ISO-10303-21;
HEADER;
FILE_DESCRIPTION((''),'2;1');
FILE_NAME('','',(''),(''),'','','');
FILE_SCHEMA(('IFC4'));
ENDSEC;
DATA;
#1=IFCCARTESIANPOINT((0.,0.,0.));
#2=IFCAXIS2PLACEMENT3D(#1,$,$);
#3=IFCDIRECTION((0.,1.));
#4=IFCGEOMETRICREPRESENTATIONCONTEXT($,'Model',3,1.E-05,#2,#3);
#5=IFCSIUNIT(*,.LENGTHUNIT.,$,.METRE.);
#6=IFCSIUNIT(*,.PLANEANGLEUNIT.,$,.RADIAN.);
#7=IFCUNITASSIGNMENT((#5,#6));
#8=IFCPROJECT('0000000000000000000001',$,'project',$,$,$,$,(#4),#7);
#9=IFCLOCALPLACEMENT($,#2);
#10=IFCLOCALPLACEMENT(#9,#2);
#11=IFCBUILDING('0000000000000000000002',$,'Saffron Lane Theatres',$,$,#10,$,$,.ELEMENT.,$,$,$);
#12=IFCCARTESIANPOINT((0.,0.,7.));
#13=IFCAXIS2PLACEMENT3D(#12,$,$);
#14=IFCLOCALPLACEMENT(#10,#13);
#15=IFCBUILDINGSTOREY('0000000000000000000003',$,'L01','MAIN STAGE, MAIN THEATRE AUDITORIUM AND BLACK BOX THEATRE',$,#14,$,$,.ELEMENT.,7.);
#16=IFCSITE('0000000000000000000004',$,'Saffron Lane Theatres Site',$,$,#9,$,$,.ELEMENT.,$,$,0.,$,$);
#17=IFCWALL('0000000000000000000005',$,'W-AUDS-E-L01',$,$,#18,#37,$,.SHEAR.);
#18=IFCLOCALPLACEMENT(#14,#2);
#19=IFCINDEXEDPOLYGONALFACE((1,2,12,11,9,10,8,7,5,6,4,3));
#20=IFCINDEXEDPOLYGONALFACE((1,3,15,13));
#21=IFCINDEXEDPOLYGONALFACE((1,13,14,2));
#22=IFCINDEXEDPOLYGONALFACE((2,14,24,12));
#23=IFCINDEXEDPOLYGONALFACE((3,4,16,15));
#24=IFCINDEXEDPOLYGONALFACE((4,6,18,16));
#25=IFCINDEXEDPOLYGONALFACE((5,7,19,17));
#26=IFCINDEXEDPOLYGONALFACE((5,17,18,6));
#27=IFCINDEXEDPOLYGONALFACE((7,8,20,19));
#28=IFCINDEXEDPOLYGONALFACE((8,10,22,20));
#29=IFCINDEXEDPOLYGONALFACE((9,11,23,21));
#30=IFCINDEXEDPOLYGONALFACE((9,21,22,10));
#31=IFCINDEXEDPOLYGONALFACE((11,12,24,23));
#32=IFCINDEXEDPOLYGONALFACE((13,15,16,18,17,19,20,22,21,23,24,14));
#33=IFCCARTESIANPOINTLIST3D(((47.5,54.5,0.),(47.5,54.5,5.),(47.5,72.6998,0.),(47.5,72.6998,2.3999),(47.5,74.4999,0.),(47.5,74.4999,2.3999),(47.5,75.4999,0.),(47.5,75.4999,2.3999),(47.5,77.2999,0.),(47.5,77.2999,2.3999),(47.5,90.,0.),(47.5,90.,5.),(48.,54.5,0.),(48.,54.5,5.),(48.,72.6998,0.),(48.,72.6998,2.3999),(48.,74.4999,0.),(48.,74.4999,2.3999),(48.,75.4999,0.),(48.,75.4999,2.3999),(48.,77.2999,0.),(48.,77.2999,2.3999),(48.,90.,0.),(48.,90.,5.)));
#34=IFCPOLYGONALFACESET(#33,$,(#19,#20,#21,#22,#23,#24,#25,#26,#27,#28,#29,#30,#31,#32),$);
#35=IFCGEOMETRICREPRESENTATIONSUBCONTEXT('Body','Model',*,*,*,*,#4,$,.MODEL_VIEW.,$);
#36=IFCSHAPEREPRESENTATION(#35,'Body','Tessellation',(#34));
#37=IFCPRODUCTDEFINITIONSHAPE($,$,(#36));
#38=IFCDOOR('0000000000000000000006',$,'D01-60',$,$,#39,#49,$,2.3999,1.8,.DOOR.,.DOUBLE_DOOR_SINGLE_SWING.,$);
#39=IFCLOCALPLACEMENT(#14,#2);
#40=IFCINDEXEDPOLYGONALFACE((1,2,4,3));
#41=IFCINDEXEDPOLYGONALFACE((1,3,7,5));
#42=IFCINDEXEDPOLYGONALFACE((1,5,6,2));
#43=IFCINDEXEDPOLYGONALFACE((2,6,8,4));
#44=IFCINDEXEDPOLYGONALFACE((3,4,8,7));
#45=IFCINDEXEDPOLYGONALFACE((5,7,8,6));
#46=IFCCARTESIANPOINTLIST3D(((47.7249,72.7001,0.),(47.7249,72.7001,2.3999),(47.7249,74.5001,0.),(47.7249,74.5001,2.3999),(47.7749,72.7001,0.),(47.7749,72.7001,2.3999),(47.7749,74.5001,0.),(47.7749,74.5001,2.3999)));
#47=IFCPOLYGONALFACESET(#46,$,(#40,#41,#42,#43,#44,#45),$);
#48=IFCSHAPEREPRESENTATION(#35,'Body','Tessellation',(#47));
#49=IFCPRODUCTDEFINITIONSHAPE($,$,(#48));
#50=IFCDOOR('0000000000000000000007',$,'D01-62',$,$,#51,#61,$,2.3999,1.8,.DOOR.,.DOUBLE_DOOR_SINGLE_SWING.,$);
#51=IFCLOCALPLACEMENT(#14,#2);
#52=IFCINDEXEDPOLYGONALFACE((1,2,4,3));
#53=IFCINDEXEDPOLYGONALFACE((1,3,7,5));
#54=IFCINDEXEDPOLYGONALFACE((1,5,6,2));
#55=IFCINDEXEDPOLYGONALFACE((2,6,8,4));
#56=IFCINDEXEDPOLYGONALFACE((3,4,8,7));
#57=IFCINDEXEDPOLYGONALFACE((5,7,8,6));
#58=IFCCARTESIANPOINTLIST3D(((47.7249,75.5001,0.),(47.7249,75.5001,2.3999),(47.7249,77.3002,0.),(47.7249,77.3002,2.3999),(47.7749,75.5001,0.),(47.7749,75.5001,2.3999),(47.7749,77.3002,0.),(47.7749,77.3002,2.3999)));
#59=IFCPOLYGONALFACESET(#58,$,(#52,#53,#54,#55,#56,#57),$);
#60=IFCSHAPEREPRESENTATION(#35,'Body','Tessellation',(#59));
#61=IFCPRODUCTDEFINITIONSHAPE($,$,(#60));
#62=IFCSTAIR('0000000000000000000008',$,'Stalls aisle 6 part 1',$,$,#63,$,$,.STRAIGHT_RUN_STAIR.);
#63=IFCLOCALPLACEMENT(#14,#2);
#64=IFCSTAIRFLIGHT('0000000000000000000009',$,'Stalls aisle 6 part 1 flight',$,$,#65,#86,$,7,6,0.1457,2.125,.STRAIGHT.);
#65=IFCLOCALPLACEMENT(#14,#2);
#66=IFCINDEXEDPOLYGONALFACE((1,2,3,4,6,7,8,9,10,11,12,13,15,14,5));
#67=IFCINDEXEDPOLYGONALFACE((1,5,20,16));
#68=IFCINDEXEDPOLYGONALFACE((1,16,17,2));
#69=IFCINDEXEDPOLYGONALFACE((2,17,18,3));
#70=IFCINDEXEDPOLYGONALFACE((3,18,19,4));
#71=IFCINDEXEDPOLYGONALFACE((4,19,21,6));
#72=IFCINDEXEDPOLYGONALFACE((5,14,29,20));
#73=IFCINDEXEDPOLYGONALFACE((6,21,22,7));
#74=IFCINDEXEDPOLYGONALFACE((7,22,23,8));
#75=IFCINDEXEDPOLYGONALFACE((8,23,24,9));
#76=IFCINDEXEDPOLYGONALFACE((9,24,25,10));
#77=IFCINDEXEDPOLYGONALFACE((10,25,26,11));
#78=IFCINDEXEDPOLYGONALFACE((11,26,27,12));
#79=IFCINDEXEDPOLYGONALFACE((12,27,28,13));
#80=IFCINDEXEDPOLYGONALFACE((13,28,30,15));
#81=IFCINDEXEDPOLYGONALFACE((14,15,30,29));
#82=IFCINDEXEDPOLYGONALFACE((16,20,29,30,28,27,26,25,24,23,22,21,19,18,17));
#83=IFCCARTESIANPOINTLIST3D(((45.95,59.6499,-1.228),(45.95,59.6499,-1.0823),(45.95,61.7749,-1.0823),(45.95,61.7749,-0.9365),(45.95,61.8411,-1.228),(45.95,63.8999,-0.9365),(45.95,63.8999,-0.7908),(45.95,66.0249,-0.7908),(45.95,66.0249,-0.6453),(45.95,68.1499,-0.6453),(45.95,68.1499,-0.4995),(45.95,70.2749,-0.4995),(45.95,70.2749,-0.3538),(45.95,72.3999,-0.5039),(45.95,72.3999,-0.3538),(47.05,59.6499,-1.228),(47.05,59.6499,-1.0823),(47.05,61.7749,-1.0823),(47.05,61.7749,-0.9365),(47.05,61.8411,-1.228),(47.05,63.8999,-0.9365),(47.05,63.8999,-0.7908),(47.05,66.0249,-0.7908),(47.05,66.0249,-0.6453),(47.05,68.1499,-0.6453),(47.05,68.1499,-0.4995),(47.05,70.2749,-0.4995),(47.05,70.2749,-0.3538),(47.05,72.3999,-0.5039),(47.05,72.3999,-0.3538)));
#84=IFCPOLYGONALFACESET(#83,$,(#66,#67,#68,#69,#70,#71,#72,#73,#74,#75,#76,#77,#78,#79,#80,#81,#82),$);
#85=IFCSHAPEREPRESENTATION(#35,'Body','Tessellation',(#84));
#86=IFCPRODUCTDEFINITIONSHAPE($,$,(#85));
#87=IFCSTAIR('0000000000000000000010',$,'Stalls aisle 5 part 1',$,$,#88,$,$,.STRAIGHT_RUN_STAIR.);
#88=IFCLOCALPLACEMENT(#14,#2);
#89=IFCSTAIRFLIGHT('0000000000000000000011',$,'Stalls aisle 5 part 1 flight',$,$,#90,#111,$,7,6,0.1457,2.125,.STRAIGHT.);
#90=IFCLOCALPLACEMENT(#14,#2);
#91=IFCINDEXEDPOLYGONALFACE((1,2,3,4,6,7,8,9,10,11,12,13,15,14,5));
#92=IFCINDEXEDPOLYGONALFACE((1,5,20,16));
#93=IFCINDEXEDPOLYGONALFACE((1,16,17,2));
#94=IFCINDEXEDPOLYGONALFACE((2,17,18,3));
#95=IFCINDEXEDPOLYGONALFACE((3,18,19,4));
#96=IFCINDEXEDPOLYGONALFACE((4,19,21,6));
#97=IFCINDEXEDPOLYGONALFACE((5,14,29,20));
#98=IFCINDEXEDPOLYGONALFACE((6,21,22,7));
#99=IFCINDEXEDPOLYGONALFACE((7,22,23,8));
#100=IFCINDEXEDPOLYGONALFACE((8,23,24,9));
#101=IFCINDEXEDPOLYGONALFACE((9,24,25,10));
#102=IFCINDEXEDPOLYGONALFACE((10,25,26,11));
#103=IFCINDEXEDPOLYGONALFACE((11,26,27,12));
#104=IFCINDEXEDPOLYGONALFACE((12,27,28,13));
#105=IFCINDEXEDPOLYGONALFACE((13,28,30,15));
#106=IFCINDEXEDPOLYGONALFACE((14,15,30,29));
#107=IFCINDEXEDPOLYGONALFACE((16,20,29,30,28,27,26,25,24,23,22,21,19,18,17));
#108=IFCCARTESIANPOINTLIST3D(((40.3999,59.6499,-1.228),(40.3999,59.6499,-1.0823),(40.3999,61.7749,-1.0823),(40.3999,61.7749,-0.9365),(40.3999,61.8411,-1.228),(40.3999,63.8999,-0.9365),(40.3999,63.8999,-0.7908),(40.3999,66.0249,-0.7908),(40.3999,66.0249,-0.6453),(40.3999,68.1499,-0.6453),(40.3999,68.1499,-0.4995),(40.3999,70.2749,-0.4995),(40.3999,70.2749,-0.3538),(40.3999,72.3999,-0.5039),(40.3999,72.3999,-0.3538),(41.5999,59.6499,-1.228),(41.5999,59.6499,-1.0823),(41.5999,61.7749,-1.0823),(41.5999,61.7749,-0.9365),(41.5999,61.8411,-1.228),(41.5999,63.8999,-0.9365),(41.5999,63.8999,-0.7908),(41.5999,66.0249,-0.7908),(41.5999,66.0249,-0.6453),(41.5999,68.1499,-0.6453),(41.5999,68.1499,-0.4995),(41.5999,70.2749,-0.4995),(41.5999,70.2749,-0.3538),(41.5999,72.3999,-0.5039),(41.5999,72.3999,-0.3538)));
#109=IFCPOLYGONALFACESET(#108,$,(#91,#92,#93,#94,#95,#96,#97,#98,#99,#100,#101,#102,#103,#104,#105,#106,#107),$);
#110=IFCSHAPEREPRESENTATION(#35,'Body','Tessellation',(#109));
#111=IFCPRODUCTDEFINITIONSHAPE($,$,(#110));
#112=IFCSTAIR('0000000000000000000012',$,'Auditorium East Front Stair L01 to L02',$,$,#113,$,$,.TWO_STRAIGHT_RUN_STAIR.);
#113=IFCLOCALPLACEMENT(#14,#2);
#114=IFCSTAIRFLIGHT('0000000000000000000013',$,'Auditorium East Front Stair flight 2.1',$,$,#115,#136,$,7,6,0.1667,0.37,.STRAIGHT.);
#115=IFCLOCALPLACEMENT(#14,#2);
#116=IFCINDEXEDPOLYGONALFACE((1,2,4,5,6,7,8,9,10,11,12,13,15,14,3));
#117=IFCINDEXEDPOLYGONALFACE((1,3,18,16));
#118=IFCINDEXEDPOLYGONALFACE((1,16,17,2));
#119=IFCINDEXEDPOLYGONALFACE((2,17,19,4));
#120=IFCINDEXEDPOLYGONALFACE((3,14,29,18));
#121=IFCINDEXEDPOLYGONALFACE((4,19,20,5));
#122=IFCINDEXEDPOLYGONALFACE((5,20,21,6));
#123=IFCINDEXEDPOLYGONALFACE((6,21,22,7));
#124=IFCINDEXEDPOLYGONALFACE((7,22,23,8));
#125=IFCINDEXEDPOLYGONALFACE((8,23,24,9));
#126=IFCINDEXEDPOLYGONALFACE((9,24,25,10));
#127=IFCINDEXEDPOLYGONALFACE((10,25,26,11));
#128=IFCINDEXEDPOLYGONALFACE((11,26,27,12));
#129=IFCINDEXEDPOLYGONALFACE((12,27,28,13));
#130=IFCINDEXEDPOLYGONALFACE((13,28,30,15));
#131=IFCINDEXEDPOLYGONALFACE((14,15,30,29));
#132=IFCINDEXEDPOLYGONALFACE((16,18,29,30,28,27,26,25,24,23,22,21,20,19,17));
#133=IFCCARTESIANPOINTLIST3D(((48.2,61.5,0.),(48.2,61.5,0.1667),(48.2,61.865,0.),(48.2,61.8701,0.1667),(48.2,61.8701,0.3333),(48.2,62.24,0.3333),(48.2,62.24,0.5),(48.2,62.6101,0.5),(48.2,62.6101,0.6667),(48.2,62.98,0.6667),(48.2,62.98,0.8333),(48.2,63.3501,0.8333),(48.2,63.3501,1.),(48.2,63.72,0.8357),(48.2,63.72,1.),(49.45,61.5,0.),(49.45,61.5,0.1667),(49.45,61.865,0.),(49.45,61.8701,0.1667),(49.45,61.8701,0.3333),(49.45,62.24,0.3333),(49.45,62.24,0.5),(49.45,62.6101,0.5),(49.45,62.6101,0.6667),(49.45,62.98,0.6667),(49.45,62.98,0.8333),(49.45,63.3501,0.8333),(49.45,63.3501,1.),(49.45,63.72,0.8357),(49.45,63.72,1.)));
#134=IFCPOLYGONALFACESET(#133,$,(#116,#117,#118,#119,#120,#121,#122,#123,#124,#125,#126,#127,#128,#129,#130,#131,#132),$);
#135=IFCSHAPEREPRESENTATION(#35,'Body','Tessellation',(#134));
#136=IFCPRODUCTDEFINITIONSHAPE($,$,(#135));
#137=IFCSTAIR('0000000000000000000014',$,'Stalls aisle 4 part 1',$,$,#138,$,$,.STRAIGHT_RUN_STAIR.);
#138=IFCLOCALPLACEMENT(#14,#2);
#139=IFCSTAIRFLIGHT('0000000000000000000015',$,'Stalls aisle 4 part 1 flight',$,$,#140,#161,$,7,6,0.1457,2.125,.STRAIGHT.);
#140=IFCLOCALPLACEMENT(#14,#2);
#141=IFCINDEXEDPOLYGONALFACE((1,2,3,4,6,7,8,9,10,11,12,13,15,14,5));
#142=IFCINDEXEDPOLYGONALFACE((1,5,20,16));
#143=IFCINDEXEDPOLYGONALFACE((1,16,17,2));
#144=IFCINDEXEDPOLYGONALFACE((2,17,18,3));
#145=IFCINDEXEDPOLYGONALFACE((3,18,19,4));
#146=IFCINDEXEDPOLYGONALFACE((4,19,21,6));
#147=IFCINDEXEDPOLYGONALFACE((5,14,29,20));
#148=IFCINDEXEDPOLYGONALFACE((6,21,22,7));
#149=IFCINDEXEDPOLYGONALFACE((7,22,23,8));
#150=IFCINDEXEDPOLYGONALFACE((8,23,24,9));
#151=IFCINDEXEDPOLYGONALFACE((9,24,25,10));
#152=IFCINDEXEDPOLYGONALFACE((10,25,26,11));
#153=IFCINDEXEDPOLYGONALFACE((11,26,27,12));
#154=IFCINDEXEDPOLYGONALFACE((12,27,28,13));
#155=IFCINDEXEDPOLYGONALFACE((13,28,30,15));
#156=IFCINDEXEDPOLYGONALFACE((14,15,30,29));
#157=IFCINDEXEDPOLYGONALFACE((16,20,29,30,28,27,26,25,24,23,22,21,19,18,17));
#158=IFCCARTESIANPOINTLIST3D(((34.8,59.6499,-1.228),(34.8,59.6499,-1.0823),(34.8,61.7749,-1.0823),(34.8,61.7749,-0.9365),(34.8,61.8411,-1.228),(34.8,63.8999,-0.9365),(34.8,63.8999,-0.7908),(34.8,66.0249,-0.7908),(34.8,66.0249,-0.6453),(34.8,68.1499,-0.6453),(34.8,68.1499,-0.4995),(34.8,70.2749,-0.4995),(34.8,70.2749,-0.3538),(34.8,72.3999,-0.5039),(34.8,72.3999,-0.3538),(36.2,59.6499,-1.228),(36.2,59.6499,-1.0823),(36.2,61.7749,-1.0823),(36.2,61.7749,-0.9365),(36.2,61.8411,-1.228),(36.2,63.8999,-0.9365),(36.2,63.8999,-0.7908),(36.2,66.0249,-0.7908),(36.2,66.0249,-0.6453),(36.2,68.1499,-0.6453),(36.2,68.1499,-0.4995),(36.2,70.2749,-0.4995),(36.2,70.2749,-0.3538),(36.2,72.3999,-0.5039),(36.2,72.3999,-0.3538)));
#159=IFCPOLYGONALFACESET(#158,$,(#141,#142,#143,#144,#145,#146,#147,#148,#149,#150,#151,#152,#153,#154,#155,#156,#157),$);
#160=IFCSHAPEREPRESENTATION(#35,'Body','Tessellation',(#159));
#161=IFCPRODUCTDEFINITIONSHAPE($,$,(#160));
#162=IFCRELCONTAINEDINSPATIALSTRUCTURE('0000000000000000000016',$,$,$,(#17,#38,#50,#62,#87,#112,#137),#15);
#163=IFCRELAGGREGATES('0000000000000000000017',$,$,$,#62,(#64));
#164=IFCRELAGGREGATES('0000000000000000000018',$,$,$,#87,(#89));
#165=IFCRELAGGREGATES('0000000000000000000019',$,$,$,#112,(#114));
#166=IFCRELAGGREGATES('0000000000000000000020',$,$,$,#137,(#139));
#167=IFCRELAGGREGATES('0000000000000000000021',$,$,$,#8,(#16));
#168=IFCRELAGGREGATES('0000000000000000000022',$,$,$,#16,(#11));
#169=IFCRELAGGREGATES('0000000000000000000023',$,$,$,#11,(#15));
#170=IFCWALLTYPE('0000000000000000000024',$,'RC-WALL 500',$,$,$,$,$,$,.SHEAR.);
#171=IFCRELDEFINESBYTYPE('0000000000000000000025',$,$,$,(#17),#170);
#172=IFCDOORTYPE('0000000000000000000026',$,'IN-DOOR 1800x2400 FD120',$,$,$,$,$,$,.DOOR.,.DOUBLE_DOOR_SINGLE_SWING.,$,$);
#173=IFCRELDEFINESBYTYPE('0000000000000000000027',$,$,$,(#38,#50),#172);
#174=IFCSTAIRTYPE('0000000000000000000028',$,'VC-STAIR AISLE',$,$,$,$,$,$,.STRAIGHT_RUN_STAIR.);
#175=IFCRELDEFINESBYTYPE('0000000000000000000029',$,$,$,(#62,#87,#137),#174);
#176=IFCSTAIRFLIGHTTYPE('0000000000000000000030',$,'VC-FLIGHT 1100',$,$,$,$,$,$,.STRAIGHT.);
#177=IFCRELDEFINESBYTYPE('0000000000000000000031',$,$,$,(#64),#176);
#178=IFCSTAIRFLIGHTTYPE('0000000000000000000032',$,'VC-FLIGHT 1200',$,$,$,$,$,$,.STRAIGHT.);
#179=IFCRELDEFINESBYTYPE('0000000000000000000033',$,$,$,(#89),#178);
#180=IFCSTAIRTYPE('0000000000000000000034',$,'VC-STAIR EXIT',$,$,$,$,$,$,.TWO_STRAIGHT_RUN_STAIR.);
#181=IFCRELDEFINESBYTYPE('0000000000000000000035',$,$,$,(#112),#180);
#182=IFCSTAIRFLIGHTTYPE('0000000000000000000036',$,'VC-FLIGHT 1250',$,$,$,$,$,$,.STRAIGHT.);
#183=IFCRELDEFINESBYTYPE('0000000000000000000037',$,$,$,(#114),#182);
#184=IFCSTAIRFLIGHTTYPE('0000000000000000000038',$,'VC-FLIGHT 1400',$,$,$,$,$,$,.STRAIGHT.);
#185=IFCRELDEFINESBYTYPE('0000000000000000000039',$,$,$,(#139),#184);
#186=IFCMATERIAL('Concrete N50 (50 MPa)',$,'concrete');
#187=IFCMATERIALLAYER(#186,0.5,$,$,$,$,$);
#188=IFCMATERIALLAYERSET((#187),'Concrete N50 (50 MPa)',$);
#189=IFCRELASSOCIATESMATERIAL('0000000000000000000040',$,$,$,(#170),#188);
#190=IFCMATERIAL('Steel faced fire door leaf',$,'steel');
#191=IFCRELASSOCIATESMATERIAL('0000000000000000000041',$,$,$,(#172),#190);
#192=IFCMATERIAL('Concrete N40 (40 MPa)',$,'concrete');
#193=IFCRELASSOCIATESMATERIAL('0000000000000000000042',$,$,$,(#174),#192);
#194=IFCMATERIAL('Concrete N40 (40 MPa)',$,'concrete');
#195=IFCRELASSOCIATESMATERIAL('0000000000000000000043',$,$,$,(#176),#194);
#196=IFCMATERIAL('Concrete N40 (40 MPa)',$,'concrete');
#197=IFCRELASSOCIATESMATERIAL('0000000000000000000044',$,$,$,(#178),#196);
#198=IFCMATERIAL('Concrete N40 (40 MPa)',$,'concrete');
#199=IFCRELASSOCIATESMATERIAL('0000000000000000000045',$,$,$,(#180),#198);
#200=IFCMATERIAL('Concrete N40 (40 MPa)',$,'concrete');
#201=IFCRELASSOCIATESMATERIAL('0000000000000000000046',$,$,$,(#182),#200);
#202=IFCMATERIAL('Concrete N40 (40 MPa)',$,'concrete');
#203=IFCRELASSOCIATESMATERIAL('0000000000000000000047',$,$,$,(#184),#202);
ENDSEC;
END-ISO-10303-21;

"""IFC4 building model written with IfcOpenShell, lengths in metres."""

from ifc_helpers import new_model, si_unit, direction, frame, frame_2d, origin, place, context, subcontext, project, spatial, polyline, rectangle, outline, extrude, material, layer, layer_set, type_object, element, fill, aggregate, save


model = new_model("IFC4")

# Units and contexts
model_context = context("Model", 3, precision=1e-05, world=origin(), true_north=direction((0.0, 1.0)))
body_context = subcontext(model_context, "Body", "Model", "MODEL_VIEW")
ifc_project = project(units=[si_unit("LENGTHUNIT", "METRE"), si_unit("PLANEANGLEUNIT", "RADIAN")], contexts=[model_context])

# Site, building, storey
site_placement = place(None, origin())
site = spatial("IfcSite", under=ifc_project, at=site_placement, Name="Saffron Lane Theatres Site", CompositionType="ELEMENT", RefElevation=0.0)
building_placement = place(site_placement, origin())
building = spatial("IfcBuilding", under=site, at=building_placement, Name="Saffron Lane Theatres", CompositionType="ELEMENT")
storey_placement = place(building_placement, frame((0.0, 0.0, 7.0)))
storey = spatial("IfcBuildingStorey", under=building, at=storey_placement, Name="L01", Description="MAIN STAGE, MAIN THEATRE AUDITORIUM AND BLACK BOX THEATRE", CompositionType="ELEMENT", Elevation=7.0)

# Wall, openings, doors
ifc_material_1 = material(Name="Concrete N50 (50 MPa)", Category="concrete")
ifc_layer_1 = layer(ifc_material_1, 0.5)
ifc_layer_set_1 = layer_set([ifc_layer_1], Name="Concrete N50 (50 MPa)")
wall_type_1 = type_object("IfcWallType", Name="RC-WALL 500", PredefinedType="SHEAR", material=ifc_layer_set_1)
wall_1_placement = place(storey_placement, frame((47.75, 54.5, 0.0), z_axis=(0.0, 0.0, 1.0), x_axis=(0.0, 1.0, 0.0)))
wall_1 = element("IfcWall", 1, at=wall_1_placement, inside=storey, type_object=wall_type_1, Name="W-AUDS-E-L01", PredefinedType="SHEAR", context=body_context, shape_type="SweptSolid", body=[
    extrude(rectangle(XDim=35.5, YDim=0.5, at=frame_2d((17.75, 0.0))), origin(), (0.0, 0.0, 1.0), 5.0),
])
opening_1_placement = place(wall_1_placement, frame((18.2, 0.0, 0.0)))
opening_1 = element("IfcOpeningElement", 2, at=opening_1_placement, cuts=wall_1, PredefinedType="OPENING", context=body_context, shape_type="SweptSolid", body=[
    extrude(rectangle(XDim=1.8, YDim=2.3999, at=frame_2d((0.8999, 1.2))), frame((0.0, 0.26, 0.0), z_axis=(0.0, -1.0, 0.0), x_axis=(1.0, 0.0, 0.0)), (0.0, 0.0, 1.0), 0.52),
])
opening_2_placement = place(wall_1_placement, frame((21.0, 0.0, 0.0)))
opening_2 = element("IfcOpeningElement", 3, at=opening_2_placement, cuts=wall_1, PredefinedType="OPENING", context=body_context, shape_type="SweptSolid", body=[
    extrude(rectangle(XDim=1.8, YDim=2.3999, at=frame_2d((0.8999, 1.2))), frame((0.0, 0.26, 0.0), z_axis=(0.0, -1.0, 0.0), x_axis=(1.0, 0.0, 0.0)), (0.0, 0.0, 1.0), 0.52),
])
ifc_material_2 = material(Name="Steel faced fire door leaf", Category="steel")
door_type_1 = type_object("IfcDoorType", Name="IN-DOOR 1800x2400 FD120", OperationType="DOUBLE_DOOR_SINGLE_SWING", PredefinedType="DOOR", material=ifc_material_2)
door_1_placement = place(opening_1_placement, frame((1.8, 0.0, 0.0), z_axis=(0.0, 0.0, 1.0), x_axis=(-1.0, 0.0, 0.0)))
door_1 = element("IfcDoor", 4, at=door_1_placement, inside=storey, type_object=door_type_1, Name="D01-60", OperationType="DOUBLE_DOOR_SINGLE_SWING", OverallHeight=2.3999, OverallWidth=1.8, PredefinedType="DOOR", context=body_context, shape_type="SweptSolid", body=[
    extrude(rectangle(XDim=1.8, YDim=2.3999, at=frame_2d((0.8999, 1.2))), frame((0.0, 0.0249, 0.0), z_axis=(0.0, -1.0, 0.0), x_axis=(1.0, 0.0, 0.0)), (0.0, 0.0, 1.0), 0.05),
])
fill(opening_1, door_1)
door_2_placement = place(opening_2_placement, frame((1.8, 0.0, 0.0), z_axis=(0.0, 0.0, 1.0), x_axis=(-1.0, 0.0, 0.0)))
door_2 = element("IfcDoor", 5, at=door_2_placement, inside=storey, type_object=door_type_1, Name="D01-62", OperationType="DOUBLE_DOOR_SINGLE_SWING", OverallHeight=2.3999, OverallWidth=1.8, PredefinedType="DOOR", context=body_context, shape_type="SweptSolid", body=[
    extrude(rectangle(XDim=1.8, YDim=2.3999, at=frame_2d((0.8999, 1.2))), frame((0.0, 0.0249, 0.0), z_axis=(0.0, -1.0, 0.0), x_axis=(1.0, 0.0, 0.0)), (0.0, 0.0, 1.0), 0.05),
])
fill(opening_2, door_2)

# Stairs, stair flights
ifc_material_3 = material(Name="Concrete N40 (40 MPa)", Category="concrete")
stair_type_1 = type_object("IfcStairType", Name="VC-STAIR AISLE", PredefinedType="STRAIGHT_RUN_STAIR", material=ifc_material_3)
stair_1_placement = place(storey_placement, origin())
stair_1 = element("IfcStair", 6, at=stair_1_placement, inside=storey, type_object=stair_type_1, Name="Stalls aisle 6 part 1", PredefinedType="STRAIGHT_RUN_STAIR")
ifc_material_4 = material(Name="Concrete N40 (40 MPa)", Category="concrete")
stair_flight_type_1 = type_object("IfcStairFlightType", Name="VC-FLIGHT 1100", PredefinedType="STRAIGHT", material=ifc_material_4)
stair_flight_1_placement = place(storey_placement, frame((46.5, 59.6499, -1.228), z_axis=(0.0, 0.0, 1.0), x_axis=(0.0, 1.0, 0.0)))
stair_flight_1 = element("IfcStairFlight", 7, at=stair_flight_1_placement, type_object=stair_flight_type_1, Name="Stalls aisle 6 part 1 flight", NumberOfRisers=7, NumberOfTreads=6, PredefinedType="STRAIGHT", RiserHeight=0.1457, TreadLength=2.125, context=body_context, shape_type="SweptSolid", body=[
    extrude(outline(polyline([(0.0, 0.0), (0.0, 0.1458), (2.125, 0.1458), (2.125, 0.2915), (4.25, 0.2915), (4.25, 0.4373), (6.375, 0.4373), (6.375, 0.5828), (8.5, 0.5828), (8.5, 0.7285), (10.625, 0.7285), (10.625, 0.8743), (12.75, 0.8743), (12.75, 1.02), (12.75, 0.7241), (2.1912, 0.0), (0.0, 0.0)])), frame((0.0, 0.55, 0.0), z_axis=(0.0, -1.0, 0.0), x_axis=(1.0, 0.0, 0.0)), (0.0, 0.0, 1.0), 1.1001),
])
aggregate(stair_1, [stair_flight_1])
stair_2_placement = place(storey_placement, origin())
stair_2 = element("IfcStair", 8, at=stair_2_placement, inside=storey, type_object=stair_type_1, Name="Stalls aisle 5 part 1", PredefinedType="STRAIGHT_RUN_STAIR")
ifc_material_5 = material(Name="Concrete N40 (40 MPa)", Category="concrete")
stair_flight_type_2 = type_object("IfcStairFlightType", Name="VC-FLIGHT 1200", PredefinedType="STRAIGHT", material=ifc_material_5)
stair_flight_2_placement = place(storey_placement, frame((41.0, 59.6499, -1.228), z_axis=(0.0, 0.0, 1.0), x_axis=(0.0, 1.0, 0.0)))
stair_flight_2 = element("IfcStairFlight", 9, at=stair_flight_2_placement, type_object=stair_flight_type_2, Name="Stalls aisle 5 part 1 flight", NumberOfRisers=7, NumberOfTreads=6, PredefinedType="STRAIGHT", RiserHeight=0.1457, TreadLength=2.125, context=body_context, shape_type="SweptSolid", body=[
    extrude(outline(polyline([(0.0, 0.0), (0.0, 0.1458), (2.125, 0.1458), (2.125, 0.2915), (4.25, 0.2915), (4.25, 0.4373), (6.375, 0.4373), (6.375, 0.5828), (8.5, 0.5828), (8.5, 0.7285), (10.625, 0.7285), (10.625, 0.8743), (12.75, 0.8743), (12.75, 1.02), (12.75, 0.7241), (2.1912, 0.0), (0.0, 0.0)])), frame((0.0, 0.6001, 0.0), z_axis=(0.0, -1.0, 0.0), x_axis=(1.0, 0.0, 0.0)), (0.0, 0.0, 1.0), 1.2),
])
aggregate(stair_2, [stair_flight_2])
ifc_material_6 = material(Name="Concrete N40 (40 MPa)", Category="concrete")
stair_type_2 = type_object("IfcStairType", Name="VC-STAIR EXIT", PredefinedType="TWO_STRAIGHT_RUN_STAIR", material=ifc_material_6)
stair_3_placement = place(storey_placement, origin())
stair_3 = element("IfcStair", 10, at=stair_3_placement, inside=storey, type_object=stair_type_2, Name="Auditorium East Front Stair L01 to L02", PredefinedType="TWO_STRAIGHT_RUN_STAIR")
ifc_material_7 = material(Name="Concrete N40 (40 MPa)", Category="concrete")
stair_flight_type_3 = type_object("IfcStairFlightType", Name="VC-FLIGHT 1250", PredefinedType="STRAIGHT", material=ifc_material_7)
stair_flight_3_placement = place(storey_placement, frame((48.825, 61.5, 0.0), z_axis=(0.0, 0.0, 1.0), x_axis=(0.0, 1.0, 0.0)))
stair_flight_3 = element("IfcStairFlight", 11, at=stair_flight_3_placement, type_object=stair_flight_type_3, Name="Auditorium East Front Stair flight 2.1", NumberOfRisers=7, NumberOfTreads=6, PredefinedType="STRAIGHT", RiserHeight=0.1667, TreadLength=0.37, context=body_context, shape_type="SweptSolid", body=[
    extrude(outline(polyline([(0.0, 0.0), (0.0, 0.1667), (0.3701, 0.1667), (0.3701, 0.3333), (0.74, 0.3333), (0.74, 0.5), (1.1101, 0.5), (1.1101, 0.6667), (1.48, 0.6667), (1.48, 0.8333), (1.8501, 0.8333), (1.8501, 1.0), (2.22, 1.0), (2.22, 1.1667), (2.22, 0.8357), (0.365, 0.0), (0.0, 0.0)])), frame((0.0, 0.625, 0.0), z_axis=(0.0, -1.0, 0.0), x_axis=(1.0, 0.0, 0.0)), (0.0, 0.0, 1.0), 1.25),
])
aggregate(stair_3, [stair_flight_3])
stair_4_placement = place(storey_placement, origin())
stair_4 = element("IfcStair", 12, at=stair_4_placement, inside=storey, type_object=stair_type_1, Name="Stalls aisle 4 part 1", PredefinedType="STRAIGHT_RUN_STAIR")
ifc_material_8 = material(Name="Concrete N40 (40 MPa)", Category="concrete")
stair_flight_type_4 = type_object("IfcStairFlightType", Name="VC-FLIGHT 1400", PredefinedType="STRAIGHT", material=ifc_material_8)
stair_flight_4_placement = place(storey_placement, frame((35.5, 59.6499, -1.228), z_axis=(0.0, 0.0, 1.0), x_axis=(0.0, 1.0, 0.0)))
stair_flight_4 = element("IfcStairFlight", 13, at=stair_flight_4_placement, type_object=stair_flight_type_4, Name="Stalls aisle 4 part 1 flight", NumberOfRisers=7, NumberOfTreads=6, PredefinedType="STRAIGHT", RiserHeight=0.1457, TreadLength=2.125, context=body_context, shape_type="SweptSolid", body=[
    extrude(outline(polyline([(0.0, 0.0), (0.0, 0.1458), (2.125, 0.1458), (2.125, 0.2915), (4.25, 0.2915), (4.25, 0.4373), (6.375, 0.4373), (6.375, 0.5828), (8.5, 0.5828), (8.5, 0.7285), (10.625, 0.7285), (10.625, 0.8743), (12.75, 0.8743), (12.75, 1.02), (12.75, 0.7241), (2.1912, 0.0), (0.0, 0.0)])), frame((0.0, 0.7, 0.0), z_axis=(0.0, -1.0, 0.0), x_axis=(1.0, 0.0, 0.0)), (0.0, 0.0, 1.0), 1.3999),
])
aggregate(stair_4, [stair_flight_4])

save(model, "model.ifc")
